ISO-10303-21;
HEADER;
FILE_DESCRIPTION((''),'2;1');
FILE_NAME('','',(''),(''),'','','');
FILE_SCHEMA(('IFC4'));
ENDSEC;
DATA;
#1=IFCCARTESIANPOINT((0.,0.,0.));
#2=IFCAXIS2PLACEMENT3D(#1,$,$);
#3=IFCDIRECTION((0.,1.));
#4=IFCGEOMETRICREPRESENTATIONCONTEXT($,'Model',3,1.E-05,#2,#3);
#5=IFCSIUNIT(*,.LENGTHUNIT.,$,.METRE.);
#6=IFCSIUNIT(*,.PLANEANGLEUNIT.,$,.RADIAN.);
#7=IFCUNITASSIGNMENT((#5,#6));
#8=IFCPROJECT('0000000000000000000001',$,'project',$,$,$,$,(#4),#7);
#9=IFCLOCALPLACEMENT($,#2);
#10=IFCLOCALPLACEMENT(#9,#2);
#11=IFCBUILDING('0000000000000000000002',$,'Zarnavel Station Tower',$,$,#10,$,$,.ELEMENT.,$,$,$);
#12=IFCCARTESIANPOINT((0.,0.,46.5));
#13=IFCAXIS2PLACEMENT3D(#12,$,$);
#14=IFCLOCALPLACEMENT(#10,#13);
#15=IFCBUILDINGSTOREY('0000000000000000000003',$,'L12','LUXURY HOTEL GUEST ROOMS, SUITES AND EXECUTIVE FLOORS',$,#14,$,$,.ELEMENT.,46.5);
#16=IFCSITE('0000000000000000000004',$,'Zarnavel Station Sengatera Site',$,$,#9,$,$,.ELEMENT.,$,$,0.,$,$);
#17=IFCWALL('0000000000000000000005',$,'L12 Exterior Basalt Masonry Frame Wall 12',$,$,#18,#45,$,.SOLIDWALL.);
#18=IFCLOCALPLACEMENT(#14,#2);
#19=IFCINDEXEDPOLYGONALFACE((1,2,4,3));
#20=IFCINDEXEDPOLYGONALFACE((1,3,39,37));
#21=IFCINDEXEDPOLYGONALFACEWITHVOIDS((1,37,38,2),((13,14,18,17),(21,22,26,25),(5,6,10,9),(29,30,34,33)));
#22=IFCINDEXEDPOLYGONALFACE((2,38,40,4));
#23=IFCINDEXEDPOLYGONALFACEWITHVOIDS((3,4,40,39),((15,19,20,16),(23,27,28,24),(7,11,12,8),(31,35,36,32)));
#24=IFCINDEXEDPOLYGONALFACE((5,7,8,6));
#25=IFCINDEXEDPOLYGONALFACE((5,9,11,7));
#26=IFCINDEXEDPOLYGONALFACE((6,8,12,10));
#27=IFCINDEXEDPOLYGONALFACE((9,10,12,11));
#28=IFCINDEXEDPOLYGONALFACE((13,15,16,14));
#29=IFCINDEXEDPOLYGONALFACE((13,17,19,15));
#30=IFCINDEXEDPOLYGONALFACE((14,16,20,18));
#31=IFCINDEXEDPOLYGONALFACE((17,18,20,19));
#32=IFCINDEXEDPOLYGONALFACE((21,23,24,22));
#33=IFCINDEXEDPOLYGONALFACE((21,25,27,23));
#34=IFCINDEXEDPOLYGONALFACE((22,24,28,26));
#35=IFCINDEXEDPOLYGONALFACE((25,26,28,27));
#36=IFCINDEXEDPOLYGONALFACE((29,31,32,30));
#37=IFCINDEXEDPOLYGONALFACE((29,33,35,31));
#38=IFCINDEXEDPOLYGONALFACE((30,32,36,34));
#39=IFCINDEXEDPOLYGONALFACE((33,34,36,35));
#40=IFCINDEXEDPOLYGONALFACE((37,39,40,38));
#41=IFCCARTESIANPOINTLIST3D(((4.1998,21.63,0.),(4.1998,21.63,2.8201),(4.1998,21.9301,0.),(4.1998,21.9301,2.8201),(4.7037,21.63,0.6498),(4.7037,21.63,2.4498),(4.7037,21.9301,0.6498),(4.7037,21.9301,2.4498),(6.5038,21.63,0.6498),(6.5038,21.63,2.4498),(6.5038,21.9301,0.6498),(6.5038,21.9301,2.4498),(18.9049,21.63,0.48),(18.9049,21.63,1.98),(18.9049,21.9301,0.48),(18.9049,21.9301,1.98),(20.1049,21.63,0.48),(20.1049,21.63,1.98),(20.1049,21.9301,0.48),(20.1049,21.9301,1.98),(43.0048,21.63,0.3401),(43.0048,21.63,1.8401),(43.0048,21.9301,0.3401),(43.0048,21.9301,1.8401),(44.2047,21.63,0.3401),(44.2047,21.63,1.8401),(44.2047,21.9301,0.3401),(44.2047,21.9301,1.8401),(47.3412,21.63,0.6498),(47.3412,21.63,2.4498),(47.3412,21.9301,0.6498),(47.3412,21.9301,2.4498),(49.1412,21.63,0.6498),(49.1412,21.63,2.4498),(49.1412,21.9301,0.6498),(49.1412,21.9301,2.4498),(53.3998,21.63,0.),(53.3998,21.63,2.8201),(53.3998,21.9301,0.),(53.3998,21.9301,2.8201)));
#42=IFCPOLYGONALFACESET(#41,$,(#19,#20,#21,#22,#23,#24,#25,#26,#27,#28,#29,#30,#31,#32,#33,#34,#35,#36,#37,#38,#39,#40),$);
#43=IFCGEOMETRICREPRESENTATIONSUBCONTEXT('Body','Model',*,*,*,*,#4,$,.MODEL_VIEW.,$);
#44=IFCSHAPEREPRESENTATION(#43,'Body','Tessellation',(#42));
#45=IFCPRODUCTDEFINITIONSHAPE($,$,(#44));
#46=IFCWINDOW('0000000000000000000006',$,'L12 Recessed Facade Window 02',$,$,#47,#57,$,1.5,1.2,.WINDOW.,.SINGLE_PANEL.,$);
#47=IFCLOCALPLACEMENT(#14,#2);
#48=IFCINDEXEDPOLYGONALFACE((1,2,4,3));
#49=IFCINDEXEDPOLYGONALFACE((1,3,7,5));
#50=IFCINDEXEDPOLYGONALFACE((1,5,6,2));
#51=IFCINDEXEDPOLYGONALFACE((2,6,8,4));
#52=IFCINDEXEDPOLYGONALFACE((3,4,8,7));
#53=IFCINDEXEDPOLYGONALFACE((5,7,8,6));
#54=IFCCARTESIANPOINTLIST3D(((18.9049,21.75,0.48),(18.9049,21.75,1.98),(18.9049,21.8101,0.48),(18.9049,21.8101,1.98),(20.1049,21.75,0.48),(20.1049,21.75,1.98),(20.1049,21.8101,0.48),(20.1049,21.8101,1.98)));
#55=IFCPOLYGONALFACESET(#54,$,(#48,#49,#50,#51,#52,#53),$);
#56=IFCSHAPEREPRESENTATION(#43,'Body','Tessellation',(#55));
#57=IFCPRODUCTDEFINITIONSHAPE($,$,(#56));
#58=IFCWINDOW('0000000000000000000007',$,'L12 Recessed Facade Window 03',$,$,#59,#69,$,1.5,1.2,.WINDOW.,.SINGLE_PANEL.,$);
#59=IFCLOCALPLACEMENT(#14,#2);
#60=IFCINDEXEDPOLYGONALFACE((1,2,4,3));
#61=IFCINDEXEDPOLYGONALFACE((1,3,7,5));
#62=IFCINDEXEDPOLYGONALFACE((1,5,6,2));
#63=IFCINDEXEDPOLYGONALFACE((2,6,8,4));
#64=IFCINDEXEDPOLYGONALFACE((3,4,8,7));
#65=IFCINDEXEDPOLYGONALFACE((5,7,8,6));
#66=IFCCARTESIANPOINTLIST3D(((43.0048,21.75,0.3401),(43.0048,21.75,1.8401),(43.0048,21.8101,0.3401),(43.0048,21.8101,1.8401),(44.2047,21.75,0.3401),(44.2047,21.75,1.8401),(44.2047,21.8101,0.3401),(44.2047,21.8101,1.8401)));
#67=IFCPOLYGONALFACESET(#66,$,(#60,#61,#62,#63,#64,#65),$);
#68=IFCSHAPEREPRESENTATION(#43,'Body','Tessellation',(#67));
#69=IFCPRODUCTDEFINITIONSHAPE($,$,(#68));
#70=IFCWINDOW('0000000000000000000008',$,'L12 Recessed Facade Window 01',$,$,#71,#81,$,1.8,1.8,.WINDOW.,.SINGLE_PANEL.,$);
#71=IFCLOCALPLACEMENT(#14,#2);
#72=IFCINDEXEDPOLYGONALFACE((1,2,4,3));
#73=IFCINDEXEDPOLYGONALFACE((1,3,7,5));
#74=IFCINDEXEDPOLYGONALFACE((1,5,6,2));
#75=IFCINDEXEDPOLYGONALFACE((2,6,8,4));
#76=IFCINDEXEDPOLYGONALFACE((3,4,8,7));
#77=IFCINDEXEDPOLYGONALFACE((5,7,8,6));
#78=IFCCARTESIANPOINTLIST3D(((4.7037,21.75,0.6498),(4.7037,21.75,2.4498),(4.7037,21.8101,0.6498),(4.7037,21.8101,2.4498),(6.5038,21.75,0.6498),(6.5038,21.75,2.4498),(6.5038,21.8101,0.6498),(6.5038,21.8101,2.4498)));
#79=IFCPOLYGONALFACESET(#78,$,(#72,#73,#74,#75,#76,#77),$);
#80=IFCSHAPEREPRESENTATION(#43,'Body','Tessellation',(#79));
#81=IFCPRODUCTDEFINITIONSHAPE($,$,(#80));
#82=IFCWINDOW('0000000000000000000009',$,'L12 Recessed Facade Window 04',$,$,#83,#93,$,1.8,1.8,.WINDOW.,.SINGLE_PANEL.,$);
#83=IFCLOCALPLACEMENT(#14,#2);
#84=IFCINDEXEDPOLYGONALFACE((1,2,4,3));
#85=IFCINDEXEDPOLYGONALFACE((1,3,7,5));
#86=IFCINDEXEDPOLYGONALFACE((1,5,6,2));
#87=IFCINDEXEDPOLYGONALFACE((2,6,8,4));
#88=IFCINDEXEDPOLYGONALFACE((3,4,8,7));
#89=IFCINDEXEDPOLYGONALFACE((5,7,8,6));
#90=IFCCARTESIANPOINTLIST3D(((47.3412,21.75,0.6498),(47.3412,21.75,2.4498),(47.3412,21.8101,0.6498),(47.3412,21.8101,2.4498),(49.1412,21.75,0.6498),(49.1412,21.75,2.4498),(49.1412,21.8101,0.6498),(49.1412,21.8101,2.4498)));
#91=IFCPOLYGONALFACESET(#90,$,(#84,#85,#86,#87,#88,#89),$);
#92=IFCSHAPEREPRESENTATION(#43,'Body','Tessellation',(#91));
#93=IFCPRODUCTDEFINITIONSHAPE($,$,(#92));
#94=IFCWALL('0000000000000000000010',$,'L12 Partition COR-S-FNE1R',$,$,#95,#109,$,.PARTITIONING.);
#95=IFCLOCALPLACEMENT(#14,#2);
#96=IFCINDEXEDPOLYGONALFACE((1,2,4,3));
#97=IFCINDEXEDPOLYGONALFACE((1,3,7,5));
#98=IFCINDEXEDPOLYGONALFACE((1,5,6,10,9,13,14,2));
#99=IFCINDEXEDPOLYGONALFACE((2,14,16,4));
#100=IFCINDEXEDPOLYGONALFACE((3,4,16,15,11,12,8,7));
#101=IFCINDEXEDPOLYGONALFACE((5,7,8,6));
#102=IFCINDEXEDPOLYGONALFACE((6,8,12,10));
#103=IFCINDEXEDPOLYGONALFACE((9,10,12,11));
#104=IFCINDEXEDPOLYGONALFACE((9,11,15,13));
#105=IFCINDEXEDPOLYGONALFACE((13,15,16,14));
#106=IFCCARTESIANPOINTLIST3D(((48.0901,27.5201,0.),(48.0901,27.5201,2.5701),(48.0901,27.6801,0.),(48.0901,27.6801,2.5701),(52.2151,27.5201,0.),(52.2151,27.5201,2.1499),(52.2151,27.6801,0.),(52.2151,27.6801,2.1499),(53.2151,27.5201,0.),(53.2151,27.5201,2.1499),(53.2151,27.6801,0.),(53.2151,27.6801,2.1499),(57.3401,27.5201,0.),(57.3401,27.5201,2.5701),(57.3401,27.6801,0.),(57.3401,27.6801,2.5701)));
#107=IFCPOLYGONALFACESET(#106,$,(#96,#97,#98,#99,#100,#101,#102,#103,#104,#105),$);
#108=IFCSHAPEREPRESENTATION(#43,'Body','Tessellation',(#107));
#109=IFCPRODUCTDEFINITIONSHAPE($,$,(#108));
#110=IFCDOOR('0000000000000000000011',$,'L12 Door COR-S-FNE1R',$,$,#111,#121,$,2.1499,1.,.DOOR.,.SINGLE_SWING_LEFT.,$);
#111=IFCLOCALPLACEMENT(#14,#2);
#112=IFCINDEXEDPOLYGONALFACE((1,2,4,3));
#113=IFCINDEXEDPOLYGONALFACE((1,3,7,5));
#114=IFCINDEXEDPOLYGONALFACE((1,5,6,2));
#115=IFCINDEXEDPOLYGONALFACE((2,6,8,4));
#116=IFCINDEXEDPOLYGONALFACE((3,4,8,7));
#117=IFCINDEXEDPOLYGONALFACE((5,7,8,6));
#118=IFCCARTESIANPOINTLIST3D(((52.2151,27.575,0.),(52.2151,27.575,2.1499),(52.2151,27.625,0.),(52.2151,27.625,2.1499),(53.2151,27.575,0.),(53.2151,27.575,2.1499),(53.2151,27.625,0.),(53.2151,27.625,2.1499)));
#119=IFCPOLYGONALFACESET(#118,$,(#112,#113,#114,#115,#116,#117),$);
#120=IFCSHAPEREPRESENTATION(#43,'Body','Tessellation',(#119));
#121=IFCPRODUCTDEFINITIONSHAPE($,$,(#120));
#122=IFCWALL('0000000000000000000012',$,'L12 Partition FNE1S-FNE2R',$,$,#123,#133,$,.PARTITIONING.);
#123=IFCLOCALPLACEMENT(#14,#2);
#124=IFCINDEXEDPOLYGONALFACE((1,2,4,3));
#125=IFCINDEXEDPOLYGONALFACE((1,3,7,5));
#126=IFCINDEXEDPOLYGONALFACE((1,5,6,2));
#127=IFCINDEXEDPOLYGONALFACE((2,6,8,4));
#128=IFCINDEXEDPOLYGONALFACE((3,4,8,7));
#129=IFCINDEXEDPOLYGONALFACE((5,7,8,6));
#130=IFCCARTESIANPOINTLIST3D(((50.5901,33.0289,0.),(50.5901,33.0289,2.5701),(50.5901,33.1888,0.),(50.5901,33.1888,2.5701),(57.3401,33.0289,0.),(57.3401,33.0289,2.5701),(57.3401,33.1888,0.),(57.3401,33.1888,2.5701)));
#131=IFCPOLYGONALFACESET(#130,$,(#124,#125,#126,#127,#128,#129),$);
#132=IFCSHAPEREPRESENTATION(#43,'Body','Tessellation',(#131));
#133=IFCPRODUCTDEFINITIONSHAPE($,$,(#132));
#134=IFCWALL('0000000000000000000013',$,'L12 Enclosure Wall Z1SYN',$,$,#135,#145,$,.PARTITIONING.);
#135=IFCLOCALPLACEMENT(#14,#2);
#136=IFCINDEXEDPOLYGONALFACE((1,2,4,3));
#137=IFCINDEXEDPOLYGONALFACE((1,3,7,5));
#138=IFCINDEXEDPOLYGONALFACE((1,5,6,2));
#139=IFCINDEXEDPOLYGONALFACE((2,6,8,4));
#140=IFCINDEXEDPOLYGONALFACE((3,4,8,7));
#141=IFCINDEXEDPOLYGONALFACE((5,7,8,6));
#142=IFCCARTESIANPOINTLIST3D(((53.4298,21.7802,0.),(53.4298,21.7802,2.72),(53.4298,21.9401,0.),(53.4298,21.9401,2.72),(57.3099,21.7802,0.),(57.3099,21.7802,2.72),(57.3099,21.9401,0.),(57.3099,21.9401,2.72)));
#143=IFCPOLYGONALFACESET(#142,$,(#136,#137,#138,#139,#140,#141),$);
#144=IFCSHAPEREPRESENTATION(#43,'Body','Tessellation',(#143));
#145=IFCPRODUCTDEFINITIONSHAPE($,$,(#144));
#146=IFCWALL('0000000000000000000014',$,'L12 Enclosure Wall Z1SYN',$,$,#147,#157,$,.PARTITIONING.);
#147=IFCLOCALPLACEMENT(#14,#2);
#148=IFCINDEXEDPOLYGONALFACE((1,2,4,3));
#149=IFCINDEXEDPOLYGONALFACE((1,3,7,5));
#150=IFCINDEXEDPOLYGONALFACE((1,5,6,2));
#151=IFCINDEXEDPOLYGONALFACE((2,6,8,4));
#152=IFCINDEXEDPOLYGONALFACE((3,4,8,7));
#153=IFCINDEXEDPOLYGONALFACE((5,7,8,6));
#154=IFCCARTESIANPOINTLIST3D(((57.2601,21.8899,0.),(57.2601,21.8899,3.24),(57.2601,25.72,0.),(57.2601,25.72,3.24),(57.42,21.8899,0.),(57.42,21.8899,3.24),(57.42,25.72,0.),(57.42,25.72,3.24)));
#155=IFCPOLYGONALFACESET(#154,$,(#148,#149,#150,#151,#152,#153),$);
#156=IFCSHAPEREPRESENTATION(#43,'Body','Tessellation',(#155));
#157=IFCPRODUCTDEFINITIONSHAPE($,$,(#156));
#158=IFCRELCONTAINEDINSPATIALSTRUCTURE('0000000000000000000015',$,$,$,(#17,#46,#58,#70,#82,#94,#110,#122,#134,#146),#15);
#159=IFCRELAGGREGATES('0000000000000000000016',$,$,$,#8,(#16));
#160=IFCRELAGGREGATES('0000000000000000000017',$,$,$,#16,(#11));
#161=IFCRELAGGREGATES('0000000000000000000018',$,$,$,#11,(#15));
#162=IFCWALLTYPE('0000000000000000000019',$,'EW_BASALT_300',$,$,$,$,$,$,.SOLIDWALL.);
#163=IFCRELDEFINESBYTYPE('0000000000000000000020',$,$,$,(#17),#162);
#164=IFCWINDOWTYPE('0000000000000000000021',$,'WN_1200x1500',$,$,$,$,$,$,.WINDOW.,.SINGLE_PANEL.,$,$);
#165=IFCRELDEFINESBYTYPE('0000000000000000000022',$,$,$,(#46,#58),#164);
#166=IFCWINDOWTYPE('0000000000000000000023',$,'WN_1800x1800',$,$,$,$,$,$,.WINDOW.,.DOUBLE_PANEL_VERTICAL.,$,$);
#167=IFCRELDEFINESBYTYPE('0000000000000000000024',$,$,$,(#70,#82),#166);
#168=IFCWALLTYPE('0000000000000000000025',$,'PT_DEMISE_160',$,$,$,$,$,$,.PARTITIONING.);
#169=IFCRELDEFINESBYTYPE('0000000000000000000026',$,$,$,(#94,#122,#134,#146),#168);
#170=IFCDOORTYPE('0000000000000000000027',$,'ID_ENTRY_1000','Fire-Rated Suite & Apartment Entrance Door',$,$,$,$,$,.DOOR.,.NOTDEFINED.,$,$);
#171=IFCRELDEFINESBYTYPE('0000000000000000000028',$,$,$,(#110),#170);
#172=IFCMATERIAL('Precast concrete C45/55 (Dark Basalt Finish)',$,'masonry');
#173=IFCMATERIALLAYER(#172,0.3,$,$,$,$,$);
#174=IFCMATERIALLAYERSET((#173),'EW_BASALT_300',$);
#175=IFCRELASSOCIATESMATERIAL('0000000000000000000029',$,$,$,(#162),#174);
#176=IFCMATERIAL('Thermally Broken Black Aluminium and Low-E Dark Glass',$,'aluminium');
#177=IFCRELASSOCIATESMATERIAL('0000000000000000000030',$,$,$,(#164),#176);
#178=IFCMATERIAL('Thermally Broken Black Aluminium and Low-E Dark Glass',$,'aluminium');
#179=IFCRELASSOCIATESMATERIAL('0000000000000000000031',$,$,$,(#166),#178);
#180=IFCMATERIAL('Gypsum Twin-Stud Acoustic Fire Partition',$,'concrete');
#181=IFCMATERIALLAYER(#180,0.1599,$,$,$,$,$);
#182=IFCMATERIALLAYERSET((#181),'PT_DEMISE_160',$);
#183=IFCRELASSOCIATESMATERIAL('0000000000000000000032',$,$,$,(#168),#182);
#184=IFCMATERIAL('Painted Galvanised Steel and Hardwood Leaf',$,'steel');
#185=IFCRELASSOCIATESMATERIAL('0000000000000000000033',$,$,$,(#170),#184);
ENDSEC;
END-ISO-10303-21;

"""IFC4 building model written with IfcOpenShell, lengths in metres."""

from ifc_helpers import new_model, si_unit, direction, frame, frame_2d, origin, place, context, subcontext, project, spatial, rectangle, extrude, material, layer, layer_set, type_object, element, fill, save


model = new_model("IFC4")

# Units and contexts
model_context = context("Model", 3, precision=1e-05, world=origin(), true_north=direction((0.0, 1.0)))
body_context = subcontext(model_context, "Body", "Model", "MODEL_VIEW")
ifc_project = project(units=[si_unit("LENGTHUNIT", "METRE"), si_unit("PLANEANGLEUNIT", "RADIAN")], contexts=[model_context])

# Site, building, storey
site_placement = place(None, origin())
site = spatial("IfcSite", under=ifc_project, at=site_placement, Name="Zarnavel Station Sengatera Site", CompositionType="ELEMENT", RefElevation=0.0)
building_placement = place(site_placement, origin())
building = spatial("IfcBuilding", under=site, at=building_placement, Name="Zarnavel Station Tower", CompositionType="ELEMENT")
storey_placement = place(building_placement, frame((0.0, 0.0, 46.5)))
storey = spatial("IfcBuildingStorey", under=building, at=storey_placement, Name="L12", Description="LUXURY HOTEL GUEST ROOMS, SUITES AND EXECUTIVE FLOORS", CompositionType="ELEMENT", Elevation=46.5)

# Shared definitions
ifc_material_1 = material(Name="Precast concrete C45/55 (Dark Basalt Finish)", Category="masonry")
ifc_layer_1 = layer(ifc_material_1, 0.3)
ifc_layer_set_1 = layer_set([ifc_layer_1], Name="EW_BASALT_300")
wall_type_1 = type_object("IfcWallType", Name="EW_BASALT_300", PredefinedType="SOLIDWALL", material=ifc_layer_set_1)

# Wall, openings, windows
wall_1_placement = place(storey_placement, frame((53.3999, 21.78, 0.0), z_axis=(0.0, 0.0, 1.0), x_axis=(-1.0, 0.0, 0.0)))
wall_1 = element("IfcWall", 1, at=wall_1_placement, inside=storey, type_object=wall_type_1, Name="L12 Exterior Basalt Masonry Frame Wall 12", PredefinedType="SOLIDWALL", context=body_context, shape_type="SweptSolid", body=[
    extrude(rectangle(XDim=49.2, YDim=0.3, at=frame_2d((24.6001, 0.0))), origin(), (0.0, 0.0, 1.0), 2.8201),
])
opening_1_placement = place(wall_1_placement, frame((46.8962, 0.0, 0.6499)))
opening_1 = element("IfcOpeningElement", 2, at=opening_1_placement, cuts=wall_1, PredefinedType="OPENING", context=body_context, shape_type="SweptSolid", body=[
    extrude(rectangle(XDim=1.8, YDim=1.8, at=frame_2d((0.8999, 0.8999))), frame((0.0, 0.1599, 0.0), z_axis=(0.0, -1.0, 0.0), x_axis=(1.0, 0.0, 0.0)), (0.0, 0.0, 1.0), 0.3201),
])
opening_2_placement = place(wall_1_placement, frame((33.2949, 0.0, 0.48)))
opening_2 = element("IfcOpeningElement", 3, at=opening_2_placement, cuts=wall_1, PredefinedType="OPENING", context=body_context, shape_type="SweptSolid", body=[
    extrude(rectangle(XDim=1.2, YDim=1.5, at=frame_2d((0.6001, 0.75))), frame((0.0, 0.1599, 0.0), z_axis=(0.0, -1.0, 0.0), x_axis=(1.0, 0.0, 0.0)), (0.0, 0.0, 1.0), 0.3201),
])
opening_3_placement = place(wall_1_placement, frame((9.1951, 0.0, 0.3401)))
opening_3 = element("IfcOpeningElement", 4, at=opening_3_placement, cuts=wall_1, PredefinedType="OPENING", context=body_context, shape_type="SweptSolid", body=[
    extrude(rectangle(XDim=1.2, YDim=1.5, at=frame_2d((0.6001, 0.75))), frame((0.0, 0.1599, 0.0), z_axis=(0.0, -1.0, 0.0), x_axis=(1.0, 0.0, 0.0)), (0.0, 0.0, 1.0), 0.3201),
])
opening_4_placement = place(wall_1_placement, frame((4.2588, 0.0, 0.6499)))
opening_4 = element("IfcOpeningElement", 5, at=opening_4_placement, cuts=wall_1, PredefinedType="OPENING", context=body_context, shape_type="SweptSolid", body=[
    extrude(rectangle(XDim=1.8, YDim=1.8, at=frame_2d((0.8999, 0.8999))), frame((0.0, 0.1599, 0.0), z_axis=(0.0, -1.0, 0.0), x_axis=(1.0, 0.0, 0.0)), (0.0, 0.0, 1.0), 0.3201),
])
ifc_material_2 = material(Name="Thermally Broken Black Aluminium and Low-E Dark Glass", Category="aluminium")
window_type_1 = type_object("IfcWindowType", Name="WN_1200x1500", PartitioningType="SINGLE_PANEL", PredefinedType="WINDOW", material=ifc_material_2)
window_1_placement = place(opening_2_placement, origin())
window_1 = element("IfcWindow", 6, at=window_1_placement, inside=storey, type_object=window_type_1, Name="L12 Recessed Facade Window 02", OverallHeight=1.5, OverallWidth=1.2, PartitioningType="SINGLE_PANEL", PredefinedType="WINDOW", context=body_context, shape_type="SweptSolid", body=[
    extrude(rectangle(XDim=1.2, YDim=1.5, at=frame_2d((0.6001, 0.75))), frame((0.0, 0.03, 0.0), z_axis=(0.0, -1.0, 0.0), x_axis=(1.0, 0.0, 0.0)), (0.0, 0.0, 1.0), 0.0601),
])
fill(opening_2, window_1)
window_2_placement = place(opening_3_placement, origin())
window_2 = element("IfcWindow", 7, at=window_2_placement, inside=storey, type_object=window_type_1, Name="L12 Recessed Facade Window 03", OverallHeight=1.5, OverallWidth=1.2, PartitioningType="SINGLE_PANEL", PredefinedType="WINDOW", context=body_context, shape_type="SweptSolid", body=[
    extrude(rectangle(XDim=1.2, YDim=1.5, at=frame_2d((0.6001, 0.75))), frame((0.0, 0.03, 0.0), z_axis=(0.0, -1.0, 0.0), x_axis=(1.0, 0.0, 0.0)), (0.0, 0.0, 1.0), 0.0601),
])
fill(opening_3, window_2)
ifc_material_3 = material(Name="Thermally Broken Black Aluminium and Low-E Dark Glass", Category="aluminium")
window_type_2 = type_object("IfcWindowType", Name="WN_1800x1800", PartitioningType="DOUBLE_PANEL_VERTICAL", PredefinedType="WINDOW", material=ifc_material_3)
window_3_placement = place(opening_1_placement, origin())
window_3 = element("IfcWindow", 8, at=window_3_placement, inside=storey, type_object=window_type_2, Name="L12 Recessed Facade Window 01", OverallHeight=1.8, OverallWidth=1.8, PartitioningType="SINGLE_PANEL", PredefinedType="WINDOW", context=body_context, shape_type="SweptSolid", body=[
    extrude(rectangle(XDim=1.8, YDim=1.8, at=frame_2d((0.8999, 0.8999))), frame((0.0, 0.03, 0.0), z_axis=(0.0, -1.0, 0.0), x_axis=(1.0, 0.0, 0.0)), (0.0, 0.0, 1.0), 0.0601),
])
fill(opening_1, window_3)
window_4_placement = place(opening_4_placement, origin())
window_4 = element("IfcWindow", 9, at=window_4_placement, inside=storey, type_object=window_type_2, Name="L12 Recessed Facade Window 04", OverallHeight=1.8, OverallWidth=1.8, PartitioningType="SINGLE_PANEL", PredefinedType="WINDOW", context=body_context, shape_type="SweptSolid", body=[
    extrude(rectangle(XDim=1.8, YDim=1.8, at=frame_2d((0.8999, 0.8999))), frame((0.0, 0.03, 0.0), z_axis=(0.0, -1.0, 0.0), x_axis=(1.0, 0.0, 0.0)), (0.0, 0.0, 1.0), 0.0601),
])
fill(opening_4, window_4)

# Wall, opening, door
ifc_material_4 = material(Name="Gypsum Twin-Stud Acoustic Fire Partition", Category="concrete")
ifc_layer_2 = layer(ifc_material_4, 0.1599)
ifc_layer_set_2 = layer_set([ifc_layer_2], Name="PT_DEMISE_160")
wall_type_2 = type_object("IfcWallType", Name="PT_DEMISE_160", PredefinedType="PARTITIONING", material=ifc_layer_set_2)
wall_2_placement = place(storey_placement, frame((48.0901, 27.6001, 0.0), z_axis=(0.0, 0.0, 1.0), x_axis=(1.0, 0.0, 0.0)))
wall_2 = element("IfcWall", 10, at=wall_2_placement, inside=storey, type_object=wall_type_2, Name="L12 Partition COR-S-FNE1R", PredefinedType="PARTITIONING", context=body_context, shape_type="SweptSolid", body=[
    extrude(rectangle(XDim=9.25, YDim=0.1599, at=frame_2d((4.625, 0.0))), origin(), (0.0, 0.0, 1.0), 2.5701),
])
opening_5_placement = place(wall_2_placement, frame((4.125, 0.0, 0.0)))
opening_5 = element("IfcOpeningElement", 11, at=opening_5_placement, cuts=wall_2, PredefinedType="OPENING", context=body_context, shape_type="SweptSolid", body=[
    extrude(rectangle(XDim=1.0, YDim=2.1499, at=frame_2d((0.5, 1.075))), frame((0.0, 0.0898, 0.0), z_axis=(0.0, -1.0, 0.0), x_axis=(1.0, 0.0, 0.0)), (0.0, 0.0, 1.0), 0.1799),
])
ifc_material_5 = material(Name="Painted Galvanised Steel and Hardwood Leaf", Category="steel")
door_type_1 = type_object("IfcDoorType", Name="ID_ENTRY_1000", Description="Fire-Rated Suite & Apartment Entrance Door", OperationType="NOTDEFINED", PredefinedType="DOOR", material=ifc_material_5)
door_1_placement = place(opening_5_placement, origin())
door_1 = element("IfcDoor", 12, at=door_1_placement, inside=storey, type_object=door_type_1, Name="L12 Door COR-S-FNE1R", OperationType="SINGLE_SWING_LEFT", OverallHeight=2.1499, OverallWidth=1.0, PredefinedType="DOOR", context=body_context, shape_type="SweptSolid", body=[
    extrude(rectangle(XDim=1.0, YDim=2.1499, at=frame_2d((0.5, 1.075))), frame((0.0, 0.0249, 0.0), z_axis=(0.0, -1.0, 0.0), x_axis=(1.0, 0.0, 0.0)), (0.0, 0.0, 1.0), 0.05),
])
fill(opening_5, door_1)

# Walls
wall_3_placement = place(storey_placement, frame((50.5901, 33.1089, 0.0), z_axis=(0.0, 0.0, 1.0), x_axis=(1.0, 0.0, 0.0)))
element("IfcWall", 13, at=wall_3_placement, inside=storey, type_object=wall_type_2, Name="L12 Partition FNE1S-FNE2R", PredefinedType="PARTITIONING", context=body_context, shape_type="SweptSolid", body=[
    extrude(rectangle(XDim=6.75, YDim=0.1599, at=frame_2d((3.375, 0.0))), origin(), (0.0, 0.0, 1.0), 2.5701),
])
wall_4_placement = place(storey_placement, frame((53.4299, 21.8601, 0.0), z_axis=(0.0, 0.0, 1.0), x_axis=(1.0, 0.0, 0.0)))
element("IfcWall", 14, at=wall_4_placement, inside=storey, type_object=wall_type_2, Name="L12 Enclosure Wall Z1SYN", PredefinedType="PARTITIONING", context=body_context, shape_type="SweptSolid", body=[
    extrude(rectangle(XDim=3.8801, YDim=0.1599, at=frame_2d((1.9399, 0.0))), origin(), (0.0, 0.0, 1.0), 2.72),
])
wall_5_placement = place(storey_placement, frame((57.3401, 21.8899, 0.0), z_axis=(0.0, 0.0, 1.0), x_axis=(0.0, 1.0, 0.0)))
element("IfcWall", 15, at=wall_5_placement, inside=storey, type_object=wall_type_2, Name="L12 Enclosure Wall Z1SYN", PredefinedType="PARTITIONING", context=body_context, shape_type="SweptSolid", body=[
    extrude(rectangle(XDim=3.8301, YDim=0.1599, at=frame_2d((1.915, 0.0))), origin(), (0.0, 0.0, 1.0), 3.24),
])

save(model, "model.ifc")
